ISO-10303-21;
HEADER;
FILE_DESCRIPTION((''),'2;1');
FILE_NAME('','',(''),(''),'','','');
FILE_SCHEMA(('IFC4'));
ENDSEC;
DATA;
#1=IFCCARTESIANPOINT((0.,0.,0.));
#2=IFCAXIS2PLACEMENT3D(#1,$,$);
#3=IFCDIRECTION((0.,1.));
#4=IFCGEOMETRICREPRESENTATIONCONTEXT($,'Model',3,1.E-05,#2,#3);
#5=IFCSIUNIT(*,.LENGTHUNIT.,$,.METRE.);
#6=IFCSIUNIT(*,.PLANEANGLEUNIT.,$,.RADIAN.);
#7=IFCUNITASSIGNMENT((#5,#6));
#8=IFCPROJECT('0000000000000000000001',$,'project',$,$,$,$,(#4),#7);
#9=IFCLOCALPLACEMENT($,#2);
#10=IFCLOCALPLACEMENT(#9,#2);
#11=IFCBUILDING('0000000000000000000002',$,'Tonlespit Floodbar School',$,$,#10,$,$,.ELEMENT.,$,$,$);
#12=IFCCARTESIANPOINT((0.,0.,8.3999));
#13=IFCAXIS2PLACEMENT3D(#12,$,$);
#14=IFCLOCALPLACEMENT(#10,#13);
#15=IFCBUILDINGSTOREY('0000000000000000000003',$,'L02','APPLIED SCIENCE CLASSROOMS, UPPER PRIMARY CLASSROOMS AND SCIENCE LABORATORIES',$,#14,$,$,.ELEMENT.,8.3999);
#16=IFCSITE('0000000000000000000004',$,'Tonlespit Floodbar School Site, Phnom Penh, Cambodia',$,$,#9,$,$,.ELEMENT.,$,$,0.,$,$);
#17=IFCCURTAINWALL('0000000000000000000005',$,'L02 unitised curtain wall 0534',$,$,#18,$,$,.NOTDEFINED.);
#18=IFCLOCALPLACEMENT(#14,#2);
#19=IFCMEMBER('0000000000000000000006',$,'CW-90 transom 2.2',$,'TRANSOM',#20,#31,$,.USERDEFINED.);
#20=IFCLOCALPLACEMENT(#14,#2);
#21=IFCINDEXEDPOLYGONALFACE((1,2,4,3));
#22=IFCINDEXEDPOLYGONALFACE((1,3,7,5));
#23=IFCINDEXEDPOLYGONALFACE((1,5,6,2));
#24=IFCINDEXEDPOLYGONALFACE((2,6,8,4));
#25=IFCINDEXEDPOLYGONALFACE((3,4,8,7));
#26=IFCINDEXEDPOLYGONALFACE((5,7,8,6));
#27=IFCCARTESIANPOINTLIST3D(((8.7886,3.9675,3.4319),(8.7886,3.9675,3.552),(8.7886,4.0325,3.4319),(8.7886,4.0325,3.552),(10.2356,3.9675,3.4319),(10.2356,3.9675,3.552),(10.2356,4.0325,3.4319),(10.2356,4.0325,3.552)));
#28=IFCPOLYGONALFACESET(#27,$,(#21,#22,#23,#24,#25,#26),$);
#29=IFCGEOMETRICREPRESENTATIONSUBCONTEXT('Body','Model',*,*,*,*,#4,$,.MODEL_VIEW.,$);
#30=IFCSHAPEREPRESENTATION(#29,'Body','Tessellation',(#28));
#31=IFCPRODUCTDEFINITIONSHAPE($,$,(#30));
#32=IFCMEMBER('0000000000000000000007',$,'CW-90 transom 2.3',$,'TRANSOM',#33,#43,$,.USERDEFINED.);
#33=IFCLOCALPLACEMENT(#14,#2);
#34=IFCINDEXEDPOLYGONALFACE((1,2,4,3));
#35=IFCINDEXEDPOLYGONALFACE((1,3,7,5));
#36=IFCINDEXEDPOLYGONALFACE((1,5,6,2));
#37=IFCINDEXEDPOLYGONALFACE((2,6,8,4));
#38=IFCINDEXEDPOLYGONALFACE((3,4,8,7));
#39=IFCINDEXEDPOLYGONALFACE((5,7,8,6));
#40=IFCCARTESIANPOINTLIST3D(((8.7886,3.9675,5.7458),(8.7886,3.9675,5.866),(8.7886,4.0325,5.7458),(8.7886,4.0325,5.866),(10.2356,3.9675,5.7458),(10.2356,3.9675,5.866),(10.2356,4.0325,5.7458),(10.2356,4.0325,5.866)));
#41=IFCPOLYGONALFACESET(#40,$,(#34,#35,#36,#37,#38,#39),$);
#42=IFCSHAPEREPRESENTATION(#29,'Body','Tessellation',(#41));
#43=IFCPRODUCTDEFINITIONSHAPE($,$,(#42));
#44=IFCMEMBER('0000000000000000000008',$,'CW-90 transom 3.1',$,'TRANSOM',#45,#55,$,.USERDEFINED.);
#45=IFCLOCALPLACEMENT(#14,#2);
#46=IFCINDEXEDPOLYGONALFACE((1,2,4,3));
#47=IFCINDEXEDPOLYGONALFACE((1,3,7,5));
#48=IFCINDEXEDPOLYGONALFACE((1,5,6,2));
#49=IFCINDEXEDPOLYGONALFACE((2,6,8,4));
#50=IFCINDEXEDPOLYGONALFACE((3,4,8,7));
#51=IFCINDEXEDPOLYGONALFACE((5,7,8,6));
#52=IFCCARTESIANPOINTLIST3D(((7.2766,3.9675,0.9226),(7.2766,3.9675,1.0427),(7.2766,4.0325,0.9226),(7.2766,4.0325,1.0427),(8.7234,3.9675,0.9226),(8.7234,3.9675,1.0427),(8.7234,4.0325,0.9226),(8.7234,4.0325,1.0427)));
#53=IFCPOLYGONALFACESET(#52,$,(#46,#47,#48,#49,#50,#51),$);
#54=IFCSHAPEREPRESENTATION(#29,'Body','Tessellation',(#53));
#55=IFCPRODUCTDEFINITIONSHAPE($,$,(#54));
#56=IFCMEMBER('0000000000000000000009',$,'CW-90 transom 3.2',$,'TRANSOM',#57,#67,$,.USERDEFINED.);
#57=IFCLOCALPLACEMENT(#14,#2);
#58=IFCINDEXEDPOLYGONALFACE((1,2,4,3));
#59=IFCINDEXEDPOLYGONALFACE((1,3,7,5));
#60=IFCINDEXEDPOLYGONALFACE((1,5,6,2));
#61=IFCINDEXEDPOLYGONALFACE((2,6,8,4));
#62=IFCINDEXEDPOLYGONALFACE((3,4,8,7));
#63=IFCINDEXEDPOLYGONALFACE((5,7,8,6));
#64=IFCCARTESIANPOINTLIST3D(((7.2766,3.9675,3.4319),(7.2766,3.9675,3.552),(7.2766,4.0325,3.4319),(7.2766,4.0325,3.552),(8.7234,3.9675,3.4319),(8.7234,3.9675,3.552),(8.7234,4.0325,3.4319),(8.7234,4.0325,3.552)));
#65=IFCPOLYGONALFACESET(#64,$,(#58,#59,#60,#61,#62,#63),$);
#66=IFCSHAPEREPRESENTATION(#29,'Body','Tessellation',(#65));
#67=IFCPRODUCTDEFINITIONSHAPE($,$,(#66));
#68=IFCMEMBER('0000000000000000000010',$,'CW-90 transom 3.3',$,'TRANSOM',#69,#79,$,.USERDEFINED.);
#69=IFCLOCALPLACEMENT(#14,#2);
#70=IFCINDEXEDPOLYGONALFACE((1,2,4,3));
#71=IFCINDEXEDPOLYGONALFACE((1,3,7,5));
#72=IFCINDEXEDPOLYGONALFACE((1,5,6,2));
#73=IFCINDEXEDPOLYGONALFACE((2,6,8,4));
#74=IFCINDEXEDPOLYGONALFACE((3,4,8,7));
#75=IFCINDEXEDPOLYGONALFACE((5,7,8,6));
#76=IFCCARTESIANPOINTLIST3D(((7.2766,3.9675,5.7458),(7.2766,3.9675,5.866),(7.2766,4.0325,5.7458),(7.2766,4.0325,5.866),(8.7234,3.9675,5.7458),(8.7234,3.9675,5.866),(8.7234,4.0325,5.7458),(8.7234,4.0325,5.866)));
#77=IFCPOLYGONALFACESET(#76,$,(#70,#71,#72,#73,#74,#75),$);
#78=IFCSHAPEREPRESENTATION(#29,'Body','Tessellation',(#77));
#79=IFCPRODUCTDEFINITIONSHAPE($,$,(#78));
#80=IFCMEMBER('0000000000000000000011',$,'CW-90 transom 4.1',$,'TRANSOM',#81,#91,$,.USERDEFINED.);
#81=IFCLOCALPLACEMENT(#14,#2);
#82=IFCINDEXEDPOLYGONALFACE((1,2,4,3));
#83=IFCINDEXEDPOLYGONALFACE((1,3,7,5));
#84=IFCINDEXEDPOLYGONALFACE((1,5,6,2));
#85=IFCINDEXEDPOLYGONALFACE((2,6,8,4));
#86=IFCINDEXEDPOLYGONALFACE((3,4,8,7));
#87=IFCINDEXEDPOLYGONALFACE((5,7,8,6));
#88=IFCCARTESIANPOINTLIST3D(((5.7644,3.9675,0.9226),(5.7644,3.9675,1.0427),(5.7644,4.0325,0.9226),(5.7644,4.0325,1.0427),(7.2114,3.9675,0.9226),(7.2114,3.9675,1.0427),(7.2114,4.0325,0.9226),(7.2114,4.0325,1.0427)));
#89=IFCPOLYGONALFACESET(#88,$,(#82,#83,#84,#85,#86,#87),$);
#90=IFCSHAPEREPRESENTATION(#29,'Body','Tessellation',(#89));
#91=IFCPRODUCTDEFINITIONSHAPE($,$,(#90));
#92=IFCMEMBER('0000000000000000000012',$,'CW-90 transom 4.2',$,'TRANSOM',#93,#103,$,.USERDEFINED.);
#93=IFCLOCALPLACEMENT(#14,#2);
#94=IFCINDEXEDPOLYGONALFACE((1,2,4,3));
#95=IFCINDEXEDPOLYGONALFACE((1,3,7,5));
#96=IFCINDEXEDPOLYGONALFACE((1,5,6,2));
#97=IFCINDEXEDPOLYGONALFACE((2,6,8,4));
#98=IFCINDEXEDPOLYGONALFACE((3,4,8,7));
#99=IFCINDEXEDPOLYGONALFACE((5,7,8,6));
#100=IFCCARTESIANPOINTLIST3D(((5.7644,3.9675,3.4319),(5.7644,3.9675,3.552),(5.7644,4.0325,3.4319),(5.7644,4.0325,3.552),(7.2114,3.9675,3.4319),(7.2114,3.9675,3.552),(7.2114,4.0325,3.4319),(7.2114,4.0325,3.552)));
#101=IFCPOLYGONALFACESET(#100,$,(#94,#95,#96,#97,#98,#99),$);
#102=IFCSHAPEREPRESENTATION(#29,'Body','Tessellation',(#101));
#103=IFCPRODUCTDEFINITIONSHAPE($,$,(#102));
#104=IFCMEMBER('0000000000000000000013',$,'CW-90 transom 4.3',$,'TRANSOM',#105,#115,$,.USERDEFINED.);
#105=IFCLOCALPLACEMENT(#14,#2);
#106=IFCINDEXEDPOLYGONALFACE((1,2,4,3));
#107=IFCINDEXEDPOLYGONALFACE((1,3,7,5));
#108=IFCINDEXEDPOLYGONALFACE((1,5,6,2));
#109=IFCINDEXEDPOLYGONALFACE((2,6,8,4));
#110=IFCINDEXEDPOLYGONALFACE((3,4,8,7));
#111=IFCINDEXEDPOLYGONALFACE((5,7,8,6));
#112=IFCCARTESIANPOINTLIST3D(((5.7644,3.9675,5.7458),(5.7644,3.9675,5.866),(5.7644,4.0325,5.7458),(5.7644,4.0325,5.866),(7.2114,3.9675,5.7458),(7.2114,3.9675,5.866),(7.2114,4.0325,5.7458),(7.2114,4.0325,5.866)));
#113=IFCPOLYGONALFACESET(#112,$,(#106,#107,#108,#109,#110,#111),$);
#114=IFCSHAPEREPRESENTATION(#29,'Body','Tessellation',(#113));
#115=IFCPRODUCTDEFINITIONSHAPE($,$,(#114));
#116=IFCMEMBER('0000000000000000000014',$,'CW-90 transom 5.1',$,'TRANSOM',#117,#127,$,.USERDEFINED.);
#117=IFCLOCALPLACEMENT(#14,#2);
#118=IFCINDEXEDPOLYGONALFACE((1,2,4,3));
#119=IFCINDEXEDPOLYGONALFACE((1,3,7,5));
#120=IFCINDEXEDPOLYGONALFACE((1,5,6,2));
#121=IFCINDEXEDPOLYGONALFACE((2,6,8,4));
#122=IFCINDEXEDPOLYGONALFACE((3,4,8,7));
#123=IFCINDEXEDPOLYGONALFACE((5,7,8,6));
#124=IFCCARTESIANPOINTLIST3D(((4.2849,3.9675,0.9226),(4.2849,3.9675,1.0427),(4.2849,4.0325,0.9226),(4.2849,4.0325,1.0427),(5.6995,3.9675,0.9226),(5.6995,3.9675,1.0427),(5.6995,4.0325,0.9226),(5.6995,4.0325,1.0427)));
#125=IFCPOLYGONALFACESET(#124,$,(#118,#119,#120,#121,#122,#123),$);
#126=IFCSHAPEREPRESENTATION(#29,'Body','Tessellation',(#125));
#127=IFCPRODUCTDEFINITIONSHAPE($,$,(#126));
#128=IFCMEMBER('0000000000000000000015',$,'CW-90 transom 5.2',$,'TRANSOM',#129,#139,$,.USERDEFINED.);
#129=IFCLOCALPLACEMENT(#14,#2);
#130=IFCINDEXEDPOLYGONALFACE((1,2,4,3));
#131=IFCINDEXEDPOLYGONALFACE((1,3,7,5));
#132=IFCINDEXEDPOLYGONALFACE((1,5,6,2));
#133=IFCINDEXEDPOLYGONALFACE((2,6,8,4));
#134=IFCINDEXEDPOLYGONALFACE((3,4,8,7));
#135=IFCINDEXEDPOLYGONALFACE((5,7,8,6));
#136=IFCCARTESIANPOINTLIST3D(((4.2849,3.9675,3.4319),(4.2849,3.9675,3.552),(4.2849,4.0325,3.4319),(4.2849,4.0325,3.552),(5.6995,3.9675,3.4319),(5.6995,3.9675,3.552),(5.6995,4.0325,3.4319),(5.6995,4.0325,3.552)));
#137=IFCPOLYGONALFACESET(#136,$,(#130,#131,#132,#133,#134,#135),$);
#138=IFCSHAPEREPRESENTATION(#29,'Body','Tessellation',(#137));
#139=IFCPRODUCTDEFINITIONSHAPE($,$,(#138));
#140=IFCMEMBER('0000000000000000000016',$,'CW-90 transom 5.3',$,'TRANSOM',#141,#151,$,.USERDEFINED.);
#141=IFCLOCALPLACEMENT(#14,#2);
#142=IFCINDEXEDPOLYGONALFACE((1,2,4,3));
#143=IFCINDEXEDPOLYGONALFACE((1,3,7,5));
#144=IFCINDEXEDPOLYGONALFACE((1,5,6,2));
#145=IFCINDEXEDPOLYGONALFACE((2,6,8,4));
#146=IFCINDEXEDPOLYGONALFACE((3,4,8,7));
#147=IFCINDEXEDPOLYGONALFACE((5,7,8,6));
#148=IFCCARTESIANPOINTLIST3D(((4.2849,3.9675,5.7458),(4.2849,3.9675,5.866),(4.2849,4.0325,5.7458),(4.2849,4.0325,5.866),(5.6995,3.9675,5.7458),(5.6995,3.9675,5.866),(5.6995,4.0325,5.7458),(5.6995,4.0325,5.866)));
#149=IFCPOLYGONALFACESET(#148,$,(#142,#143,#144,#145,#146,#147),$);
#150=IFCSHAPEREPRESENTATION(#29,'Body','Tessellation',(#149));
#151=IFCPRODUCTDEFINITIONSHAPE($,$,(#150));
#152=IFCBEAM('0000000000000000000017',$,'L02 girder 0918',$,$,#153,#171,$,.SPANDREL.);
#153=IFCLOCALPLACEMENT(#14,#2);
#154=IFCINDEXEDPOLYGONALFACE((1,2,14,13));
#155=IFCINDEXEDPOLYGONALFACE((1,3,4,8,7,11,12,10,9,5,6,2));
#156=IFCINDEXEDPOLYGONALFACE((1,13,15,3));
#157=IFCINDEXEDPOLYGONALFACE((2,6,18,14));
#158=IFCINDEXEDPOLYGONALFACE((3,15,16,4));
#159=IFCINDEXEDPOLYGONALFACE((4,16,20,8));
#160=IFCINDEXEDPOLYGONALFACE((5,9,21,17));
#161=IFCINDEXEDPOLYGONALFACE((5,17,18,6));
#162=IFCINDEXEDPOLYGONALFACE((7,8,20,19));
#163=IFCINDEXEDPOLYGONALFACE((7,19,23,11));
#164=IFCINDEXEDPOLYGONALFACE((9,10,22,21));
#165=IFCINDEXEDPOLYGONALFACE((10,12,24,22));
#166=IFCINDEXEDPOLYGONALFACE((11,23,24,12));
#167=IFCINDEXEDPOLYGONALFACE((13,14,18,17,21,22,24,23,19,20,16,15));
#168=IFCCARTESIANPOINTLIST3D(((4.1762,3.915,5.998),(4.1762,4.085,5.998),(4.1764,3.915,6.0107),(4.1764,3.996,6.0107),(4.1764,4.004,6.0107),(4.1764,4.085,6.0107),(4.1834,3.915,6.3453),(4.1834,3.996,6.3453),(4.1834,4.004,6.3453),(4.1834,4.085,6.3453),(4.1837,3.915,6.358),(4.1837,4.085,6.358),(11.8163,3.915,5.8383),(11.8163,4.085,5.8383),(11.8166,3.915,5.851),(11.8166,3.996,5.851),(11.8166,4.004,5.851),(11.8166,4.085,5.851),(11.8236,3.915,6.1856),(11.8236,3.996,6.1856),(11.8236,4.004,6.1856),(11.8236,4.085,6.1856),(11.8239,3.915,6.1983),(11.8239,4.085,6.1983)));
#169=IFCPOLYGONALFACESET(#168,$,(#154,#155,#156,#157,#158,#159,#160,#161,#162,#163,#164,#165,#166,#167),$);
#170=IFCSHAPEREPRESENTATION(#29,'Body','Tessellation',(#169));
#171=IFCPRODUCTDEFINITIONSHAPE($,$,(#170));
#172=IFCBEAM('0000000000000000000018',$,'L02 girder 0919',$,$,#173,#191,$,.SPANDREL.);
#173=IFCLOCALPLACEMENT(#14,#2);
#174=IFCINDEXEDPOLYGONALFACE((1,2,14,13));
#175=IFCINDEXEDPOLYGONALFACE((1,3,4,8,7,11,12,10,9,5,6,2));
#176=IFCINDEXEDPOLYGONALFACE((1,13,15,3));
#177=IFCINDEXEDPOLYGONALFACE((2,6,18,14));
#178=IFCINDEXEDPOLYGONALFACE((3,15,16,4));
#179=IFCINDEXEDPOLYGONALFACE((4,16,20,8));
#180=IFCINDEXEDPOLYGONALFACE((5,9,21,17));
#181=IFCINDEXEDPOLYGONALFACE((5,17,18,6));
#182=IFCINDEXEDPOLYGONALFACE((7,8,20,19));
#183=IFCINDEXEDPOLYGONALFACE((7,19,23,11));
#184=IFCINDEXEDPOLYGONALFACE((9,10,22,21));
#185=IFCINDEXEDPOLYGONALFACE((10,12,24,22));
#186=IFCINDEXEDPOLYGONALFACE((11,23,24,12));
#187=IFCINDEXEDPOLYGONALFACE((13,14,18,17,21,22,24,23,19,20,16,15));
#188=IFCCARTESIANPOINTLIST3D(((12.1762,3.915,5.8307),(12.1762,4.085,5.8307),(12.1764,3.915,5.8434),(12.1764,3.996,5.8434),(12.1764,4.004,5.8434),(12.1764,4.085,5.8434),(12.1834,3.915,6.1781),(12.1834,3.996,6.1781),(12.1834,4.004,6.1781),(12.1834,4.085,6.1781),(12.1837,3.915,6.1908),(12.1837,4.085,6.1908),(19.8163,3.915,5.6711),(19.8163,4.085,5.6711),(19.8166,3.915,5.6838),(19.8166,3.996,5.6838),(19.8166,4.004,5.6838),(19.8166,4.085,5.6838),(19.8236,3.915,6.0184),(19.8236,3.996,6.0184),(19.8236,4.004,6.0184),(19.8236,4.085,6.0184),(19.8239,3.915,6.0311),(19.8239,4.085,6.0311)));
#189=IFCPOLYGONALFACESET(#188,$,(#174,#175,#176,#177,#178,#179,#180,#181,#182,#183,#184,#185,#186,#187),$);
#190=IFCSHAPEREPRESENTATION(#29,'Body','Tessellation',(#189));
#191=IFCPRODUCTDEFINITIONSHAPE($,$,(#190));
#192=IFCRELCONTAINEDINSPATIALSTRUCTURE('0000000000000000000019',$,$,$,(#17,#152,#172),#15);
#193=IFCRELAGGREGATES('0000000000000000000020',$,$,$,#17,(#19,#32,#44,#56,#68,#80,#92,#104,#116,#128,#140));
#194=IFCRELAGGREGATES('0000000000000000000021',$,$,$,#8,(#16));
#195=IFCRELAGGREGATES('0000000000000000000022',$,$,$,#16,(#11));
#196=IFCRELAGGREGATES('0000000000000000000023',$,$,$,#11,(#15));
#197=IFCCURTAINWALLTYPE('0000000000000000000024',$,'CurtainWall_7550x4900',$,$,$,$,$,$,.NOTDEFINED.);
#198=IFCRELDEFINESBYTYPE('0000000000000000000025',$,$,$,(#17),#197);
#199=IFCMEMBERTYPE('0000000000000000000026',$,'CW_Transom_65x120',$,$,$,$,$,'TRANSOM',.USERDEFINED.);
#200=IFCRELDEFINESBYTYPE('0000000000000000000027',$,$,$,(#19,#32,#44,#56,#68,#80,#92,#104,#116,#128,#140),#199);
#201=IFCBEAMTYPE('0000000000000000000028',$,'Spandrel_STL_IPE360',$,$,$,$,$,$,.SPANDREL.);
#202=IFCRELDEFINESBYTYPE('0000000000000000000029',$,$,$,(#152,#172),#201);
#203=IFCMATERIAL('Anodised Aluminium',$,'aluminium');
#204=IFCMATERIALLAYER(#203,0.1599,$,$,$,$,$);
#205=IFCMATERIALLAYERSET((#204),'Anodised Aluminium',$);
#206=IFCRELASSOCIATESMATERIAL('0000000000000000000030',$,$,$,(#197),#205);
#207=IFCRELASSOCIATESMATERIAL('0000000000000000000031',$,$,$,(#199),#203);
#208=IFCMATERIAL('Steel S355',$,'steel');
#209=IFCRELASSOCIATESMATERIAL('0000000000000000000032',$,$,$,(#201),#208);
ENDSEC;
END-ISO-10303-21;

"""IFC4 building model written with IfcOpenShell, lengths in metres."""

from ifc_helpers import new_model, si_unit, direction, frame, origin, origin_2d, place, context, subcontext, project, spatial, rectangle, i_section, extrude, material, layer, layer_set, material_profile, profile_set, type_object, element, aggregate, save


model = new_model("IFC4")

# Units and contexts
model_context = context("Model", 3, precision=1e-05, world=origin(), true_north=direction((0.0, 1.0)))
body_context = subcontext(model_context, "Body", "Model", "MODEL_VIEW")
ifc_project = project(units=[si_unit("LENGTHUNIT", "METRE"), si_unit("PLANEANGLEUNIT", "RADIAN")], contexts=[model_context])

# Site, building, storey
site_placement = place(None, origin())
site = spatial("IfcSite", under=ifc_project, at=site_placement, Name="Tonlespit Floodbar School Site, Phnom Penh, Cambodia", CompositionType="ELEMENT", RefElevation=0.0)
building_placement = place(site_placement, origin())
building = spatial("IfcBuilding", under=site, at=building_placement, Name="Tonlespit Floodbar School", CompositionType="ELEMENT")
storey_placement = place(building_placement, frame((0.0, 0.0, 8.3999)))
storey = spatial("IfcBuildingStorey", under=building, at=storey_placement, Name="L02", Description="APPLIED SCIENCE CLASSROOMS, UPPER PRIMARY CLASSROOMS AND SCIENCE LABORATORIES", CompositionType="ELEMENT", Elevation=8.3999)

# Curtain wall
ifc_material_1 = material(Name="Anodised Aluminium", Category="aluminium")
ifc_layer_1 = layer(ifc_material_1, 0.1599)
ifc_layer_set_1 = layer_set([ifc_layer_1], Name="Anodised Aluminium")
curtain_wall_type_1 = type_object("IfcCurtainWallType", Name="CurtainWall_7550x4900", PredefinedType="NOTDEFINED", material=ifc_layer_set_1)
curtain_wall_1_placement = place(storey_placement, origin())
curtain_wall_1 = element("IfcCurtainWall", 1, at=curtain_wall_1_placement, inside=storey, type_object=curtain_wall_type_1, Name="L02 unitised curtain wall 0534", PredefinedType="NOTDEFINED")

# Members
ifc_material_profile_1 = material_profile(ifc_material_1, rectangle(XDim=0.0649, YDim=0.1201, at=origin_2d()), Name="ALU T65x120")
ifc_profile_set_1 = profile_set([ifc_material_profile_1], Name="Anodised Aluminium")
member_type_1 = type_object("IfcMemberType", Name="CW_Transom_65x120", ElementType="TRANSOM", PredefinedType="USERDEFINED", material=ifc_profile_set_1)
member_1_placement = place(storey_placement, frame((10.2356, 4.0, 3.4919), z_axis=(-1.0, 0.0, 0.0), x_axis=(0.0, -1.0, 0.0)))
member_1 = element("IfcMember", 2, at=member_1_placement, type_object=member_type_1, Name="CW-90 transom 2.2", ObjectType="TRANSOM", PredefinedType="USERDEFINED", context=body_context, shape_type="SweptSolid", body=[
    extrude(rectangle(XDim=0.0649, YDim=0.1201, at=origin_2d()), origin(), (0.0, 0.0, 1.0), 1.447),
])
member_2_placement = place(storey_placement, frame((10.2356, 4.0, 5.8059), z_axis=(-1.0, 0.0, 0.0), x_axis=(0.0, -1.0, 0.0)))
member_2 = element("IfcMember", 3, at=member_2_placement, type_object=member_type_1, Name="CW-90 transom 2.3", ObjectType="TRANSOM", PredefinedType="USERDEFINED", context=body_context, shape_type="SweptSolid", body=[
    extrude(rectangle(XDim=0.0649, YDim=0.1201, at=origin_2d()), origin(), (0.0, 0.0, 1.0), 1.447),
])
member_3_placement = place(storey_placement, frame((8.7234, 4.0, 0.9827), z_axis=(-1.0, 0.0, 0.0), x_axis=(0.0, -1.0, 0.0)))
member_3 = element("IfcMember", 4, at=member_3_placement, type_object=member_type_1, Name="CW-90 transom 3.1", ObjectType="TRANSOM", PredefinedType="USERDEFINED", context=body_context, shape_type="SweptSolid", body=[
    extrude(rectangle(XDim=0.0649, YDim=0.1201, at=origin_2d()), origin(), (0.0, 0.0, 1.0), 1.4468),
])
member_4_placement = place(storey_placement, frame((8.7234, 4.0, 3.4919), z_axis=(-1.0, 0.0, 0.0), x_axis=(0.0, -1.0, 0.0)))
member_4 = element("IfcMember", 5, at=member_4_placement, type_object=member_type_1, Name="CW-90 transom 3.2", ObjectType="TRANSOM", PredefinedType="USERDEFINED", context=body_context, shape_type="SweptSolid", body=[
    extrude(rectangle(XDim=0.0649, YDim=0.1201, at=origin_2d()), origin(), (0.0, 0.0, 1.0), 1.4468),
])
member_5_placement = place(storey_placement, frame((8.7234, 4.0, 5.8059), z_axis=(-1.0, 0.0, 0.0), x_axis=(0.0, -1.0, 0.0)))
member_5 = element("IfcMember", 6, at=member_5_placement, type_object=member_type_1, Name="CW-90 transom 3.3", ObjectType="TRANSOM", PredefinedType="USERDEFINED", context=body_context, shape_type="SweptSolid", body=[
    extrude(rectangle(XDim=0.0649, YDim=0.1201, at=origin_2d()), origin(), (0.0, 0.0, 1.0), 1.4468),
])
member_6_placement = place(storey_placement, frame((7.2114, 4.0, 0.9827), z_axis=(-1.0, 0.0, 0.0), x_axis=(0.0, -1.0, 0.0)))
member_6 = element("IfcMember", 7, at=member_6_placement, type_object=member_type_1, Name="CW-90 transom 4.1", ObjectType="TRANSOM", PredefinedType="USERDEFINED", context=body_context, shape_type="SweptSolid", body=[
    extrude(rectangle(XDim=0.0649, YDim=0.1201, at=origin_2d()), origin(), (0.0, 0.0, 1.0), 1.447),
])
member_7_placement = place(storey_placement, frame((7.2114, 4.0, 3.4919), z_axis=(-1.0, 0.0, 0.0), x_axis=(0.0, -1.0, 0.0)))
member_7 = element("IfcMember", 8, at=member_7_placement, type_object=member_type_1, Name="CW-90 transom 4.2", ObjectType="TRANSOM", PredefinedType="USERDEFINED", context=body_context, shape_type="SweptSolid", body=[
    extrude(rectangle(XDim=0.0649, YDim=0.1201, at=origin_2d()), origin(), (0.0, 0.0, 1.0), 1.447),
])
member_8_placement = place(storey_placement, frame((7.2114, 4.0, 5.8059), z_axis=(-1.0, 0.0, 0.0), x_axis=(0.0, -1.0, 0.0)))
member_8 = element("IfcMember", 9, at=member_8_placement, type_object=member_type_1, Name="CW-90 transom 4.3", ObjectType="TRANSOM", PredefinedType="USERDEFINED", context=body_context, shape_type="SweptSolid", body=[
    extrude(rectangle(XDim=0.0649, YDim=0.1201, at=origin_2d()), origin(), (0.0, 0.0, 1.0), 1.447),
])
member_9_placement = place(storey_placement, frame((5.6995, 4.0, 0.9827), z_axis=(-1.0, 0.0, 0.0), x_axis=(0.0, -1.0, 0.0)))
member_9 = element("IfcMember", 10, at=member_9_placement, type_object=member_type_1, Name="CW-90 transom 5.1", ObjectType="TRANSOM", PredefinedType="USERDEFINED", context=body_context, shape_type="SweptSolid", body=[
    extrude(rectangle(XDim=0.0649, YDim=0.1201, at=origin_2d()), origin(), (0.0, 0.0, 1.0), 1.4146),
])
member_10_placement = place(storey_placement, frame((5.6995, 4.0, 3.4919), z_axis=(-1.0, 0.0, 0.0), x_axis=(0.0, -1.0, 0.0)))
member_10 = element("IfcMember", 11, at=member_10_placement, type_object=member_type_1, Name="CW-90 transom 5.2", ObjectType="TRANSOM", PredefinedType="USERDEFINED", context=body_context, shape_type="SweptSolid", body=[
    extrude(rectangle(XDim=0.0649, YDim=0.1201, at=origin_2d()), origin(), (0.0, 0.0, 1.0), 1.4146),
])
member_11_placement = place(storey_placement, frame((5.6995, 4.0, 5.8059), z_axis=(-1.0, 0.0, 0.0), x_axis=(0.0, -1.0, 0.0)))
member_11 = element("IfcMember", 12, at=member_11_placement, type_object=member_type_1, Name="CW-90 transom 5.3", ObjectType="TRANSOM", PredefinedType="USERDEFINED", context=body_context, shape_type="SweptSolid", body=[
    extrude(rectangle(XDim=0.0649, YDim=0.1201, at=origin_2d()), origin(), (0.0, 0.0, 1.0), 1.4146),
])

# Beams
ifc_material_2 = material(Name="Steel S355", Category="steel")
ifc_material_profile_2 = material_profile(ifc_material_2, i_section(OverallWidth=0.1699, OverallDepth=0.3601, WebThickness=0.0081, FlangeThickness=0.0127, at=origin_2d()), Name="IPE 360")
ifc_profile_set_2 = profile_set([ifc_material_profile_2], Name="Steel S355")
beam_type_1 = type_object("IfcBeamType", Name="Spandrel_STL_IPE360", PredefinedType="SPANDREL", material=ifc_profile_set_2)
for number, where, z_axis, x_axis, name in (
    (13, (4.1799, 4.0, 6.178), (0.999782, 0.0, -0.020894), (0.0, 1.0, 0.0), "L02 girder 0918"),
    (14, (12.1799, 4.0, 6.0107), (0.999782, 0.0, -0.020894), (0.0, 1.0, 0.0), "L02 girder 0919"),
):
    element("IfcBeam", number, at=place(storey_placement, frame(where, z_axis=z_axis, x_axis=x_axis)), inside=storey, type_object=beam_type_1, Name=name, PredefinedType="SPANDREL", context=body_context, shape_type="SweptSolid", body=[
        extrude(i_section(OverallWidth=0.1699, OverallDepth=0.3601, WebThickness=0.0081, FlangeThickness=0.0127, at=origin_2d()), origin(), (0.0, 0.0, 1.0), 7.6418),
    ])

aggregate(curtain_wall_1, [member_1, member_2, member_3, member_4, member_5, member_6, member_7, member_8, member_9, member_10, member_11])

save(model, "model.ifc")
